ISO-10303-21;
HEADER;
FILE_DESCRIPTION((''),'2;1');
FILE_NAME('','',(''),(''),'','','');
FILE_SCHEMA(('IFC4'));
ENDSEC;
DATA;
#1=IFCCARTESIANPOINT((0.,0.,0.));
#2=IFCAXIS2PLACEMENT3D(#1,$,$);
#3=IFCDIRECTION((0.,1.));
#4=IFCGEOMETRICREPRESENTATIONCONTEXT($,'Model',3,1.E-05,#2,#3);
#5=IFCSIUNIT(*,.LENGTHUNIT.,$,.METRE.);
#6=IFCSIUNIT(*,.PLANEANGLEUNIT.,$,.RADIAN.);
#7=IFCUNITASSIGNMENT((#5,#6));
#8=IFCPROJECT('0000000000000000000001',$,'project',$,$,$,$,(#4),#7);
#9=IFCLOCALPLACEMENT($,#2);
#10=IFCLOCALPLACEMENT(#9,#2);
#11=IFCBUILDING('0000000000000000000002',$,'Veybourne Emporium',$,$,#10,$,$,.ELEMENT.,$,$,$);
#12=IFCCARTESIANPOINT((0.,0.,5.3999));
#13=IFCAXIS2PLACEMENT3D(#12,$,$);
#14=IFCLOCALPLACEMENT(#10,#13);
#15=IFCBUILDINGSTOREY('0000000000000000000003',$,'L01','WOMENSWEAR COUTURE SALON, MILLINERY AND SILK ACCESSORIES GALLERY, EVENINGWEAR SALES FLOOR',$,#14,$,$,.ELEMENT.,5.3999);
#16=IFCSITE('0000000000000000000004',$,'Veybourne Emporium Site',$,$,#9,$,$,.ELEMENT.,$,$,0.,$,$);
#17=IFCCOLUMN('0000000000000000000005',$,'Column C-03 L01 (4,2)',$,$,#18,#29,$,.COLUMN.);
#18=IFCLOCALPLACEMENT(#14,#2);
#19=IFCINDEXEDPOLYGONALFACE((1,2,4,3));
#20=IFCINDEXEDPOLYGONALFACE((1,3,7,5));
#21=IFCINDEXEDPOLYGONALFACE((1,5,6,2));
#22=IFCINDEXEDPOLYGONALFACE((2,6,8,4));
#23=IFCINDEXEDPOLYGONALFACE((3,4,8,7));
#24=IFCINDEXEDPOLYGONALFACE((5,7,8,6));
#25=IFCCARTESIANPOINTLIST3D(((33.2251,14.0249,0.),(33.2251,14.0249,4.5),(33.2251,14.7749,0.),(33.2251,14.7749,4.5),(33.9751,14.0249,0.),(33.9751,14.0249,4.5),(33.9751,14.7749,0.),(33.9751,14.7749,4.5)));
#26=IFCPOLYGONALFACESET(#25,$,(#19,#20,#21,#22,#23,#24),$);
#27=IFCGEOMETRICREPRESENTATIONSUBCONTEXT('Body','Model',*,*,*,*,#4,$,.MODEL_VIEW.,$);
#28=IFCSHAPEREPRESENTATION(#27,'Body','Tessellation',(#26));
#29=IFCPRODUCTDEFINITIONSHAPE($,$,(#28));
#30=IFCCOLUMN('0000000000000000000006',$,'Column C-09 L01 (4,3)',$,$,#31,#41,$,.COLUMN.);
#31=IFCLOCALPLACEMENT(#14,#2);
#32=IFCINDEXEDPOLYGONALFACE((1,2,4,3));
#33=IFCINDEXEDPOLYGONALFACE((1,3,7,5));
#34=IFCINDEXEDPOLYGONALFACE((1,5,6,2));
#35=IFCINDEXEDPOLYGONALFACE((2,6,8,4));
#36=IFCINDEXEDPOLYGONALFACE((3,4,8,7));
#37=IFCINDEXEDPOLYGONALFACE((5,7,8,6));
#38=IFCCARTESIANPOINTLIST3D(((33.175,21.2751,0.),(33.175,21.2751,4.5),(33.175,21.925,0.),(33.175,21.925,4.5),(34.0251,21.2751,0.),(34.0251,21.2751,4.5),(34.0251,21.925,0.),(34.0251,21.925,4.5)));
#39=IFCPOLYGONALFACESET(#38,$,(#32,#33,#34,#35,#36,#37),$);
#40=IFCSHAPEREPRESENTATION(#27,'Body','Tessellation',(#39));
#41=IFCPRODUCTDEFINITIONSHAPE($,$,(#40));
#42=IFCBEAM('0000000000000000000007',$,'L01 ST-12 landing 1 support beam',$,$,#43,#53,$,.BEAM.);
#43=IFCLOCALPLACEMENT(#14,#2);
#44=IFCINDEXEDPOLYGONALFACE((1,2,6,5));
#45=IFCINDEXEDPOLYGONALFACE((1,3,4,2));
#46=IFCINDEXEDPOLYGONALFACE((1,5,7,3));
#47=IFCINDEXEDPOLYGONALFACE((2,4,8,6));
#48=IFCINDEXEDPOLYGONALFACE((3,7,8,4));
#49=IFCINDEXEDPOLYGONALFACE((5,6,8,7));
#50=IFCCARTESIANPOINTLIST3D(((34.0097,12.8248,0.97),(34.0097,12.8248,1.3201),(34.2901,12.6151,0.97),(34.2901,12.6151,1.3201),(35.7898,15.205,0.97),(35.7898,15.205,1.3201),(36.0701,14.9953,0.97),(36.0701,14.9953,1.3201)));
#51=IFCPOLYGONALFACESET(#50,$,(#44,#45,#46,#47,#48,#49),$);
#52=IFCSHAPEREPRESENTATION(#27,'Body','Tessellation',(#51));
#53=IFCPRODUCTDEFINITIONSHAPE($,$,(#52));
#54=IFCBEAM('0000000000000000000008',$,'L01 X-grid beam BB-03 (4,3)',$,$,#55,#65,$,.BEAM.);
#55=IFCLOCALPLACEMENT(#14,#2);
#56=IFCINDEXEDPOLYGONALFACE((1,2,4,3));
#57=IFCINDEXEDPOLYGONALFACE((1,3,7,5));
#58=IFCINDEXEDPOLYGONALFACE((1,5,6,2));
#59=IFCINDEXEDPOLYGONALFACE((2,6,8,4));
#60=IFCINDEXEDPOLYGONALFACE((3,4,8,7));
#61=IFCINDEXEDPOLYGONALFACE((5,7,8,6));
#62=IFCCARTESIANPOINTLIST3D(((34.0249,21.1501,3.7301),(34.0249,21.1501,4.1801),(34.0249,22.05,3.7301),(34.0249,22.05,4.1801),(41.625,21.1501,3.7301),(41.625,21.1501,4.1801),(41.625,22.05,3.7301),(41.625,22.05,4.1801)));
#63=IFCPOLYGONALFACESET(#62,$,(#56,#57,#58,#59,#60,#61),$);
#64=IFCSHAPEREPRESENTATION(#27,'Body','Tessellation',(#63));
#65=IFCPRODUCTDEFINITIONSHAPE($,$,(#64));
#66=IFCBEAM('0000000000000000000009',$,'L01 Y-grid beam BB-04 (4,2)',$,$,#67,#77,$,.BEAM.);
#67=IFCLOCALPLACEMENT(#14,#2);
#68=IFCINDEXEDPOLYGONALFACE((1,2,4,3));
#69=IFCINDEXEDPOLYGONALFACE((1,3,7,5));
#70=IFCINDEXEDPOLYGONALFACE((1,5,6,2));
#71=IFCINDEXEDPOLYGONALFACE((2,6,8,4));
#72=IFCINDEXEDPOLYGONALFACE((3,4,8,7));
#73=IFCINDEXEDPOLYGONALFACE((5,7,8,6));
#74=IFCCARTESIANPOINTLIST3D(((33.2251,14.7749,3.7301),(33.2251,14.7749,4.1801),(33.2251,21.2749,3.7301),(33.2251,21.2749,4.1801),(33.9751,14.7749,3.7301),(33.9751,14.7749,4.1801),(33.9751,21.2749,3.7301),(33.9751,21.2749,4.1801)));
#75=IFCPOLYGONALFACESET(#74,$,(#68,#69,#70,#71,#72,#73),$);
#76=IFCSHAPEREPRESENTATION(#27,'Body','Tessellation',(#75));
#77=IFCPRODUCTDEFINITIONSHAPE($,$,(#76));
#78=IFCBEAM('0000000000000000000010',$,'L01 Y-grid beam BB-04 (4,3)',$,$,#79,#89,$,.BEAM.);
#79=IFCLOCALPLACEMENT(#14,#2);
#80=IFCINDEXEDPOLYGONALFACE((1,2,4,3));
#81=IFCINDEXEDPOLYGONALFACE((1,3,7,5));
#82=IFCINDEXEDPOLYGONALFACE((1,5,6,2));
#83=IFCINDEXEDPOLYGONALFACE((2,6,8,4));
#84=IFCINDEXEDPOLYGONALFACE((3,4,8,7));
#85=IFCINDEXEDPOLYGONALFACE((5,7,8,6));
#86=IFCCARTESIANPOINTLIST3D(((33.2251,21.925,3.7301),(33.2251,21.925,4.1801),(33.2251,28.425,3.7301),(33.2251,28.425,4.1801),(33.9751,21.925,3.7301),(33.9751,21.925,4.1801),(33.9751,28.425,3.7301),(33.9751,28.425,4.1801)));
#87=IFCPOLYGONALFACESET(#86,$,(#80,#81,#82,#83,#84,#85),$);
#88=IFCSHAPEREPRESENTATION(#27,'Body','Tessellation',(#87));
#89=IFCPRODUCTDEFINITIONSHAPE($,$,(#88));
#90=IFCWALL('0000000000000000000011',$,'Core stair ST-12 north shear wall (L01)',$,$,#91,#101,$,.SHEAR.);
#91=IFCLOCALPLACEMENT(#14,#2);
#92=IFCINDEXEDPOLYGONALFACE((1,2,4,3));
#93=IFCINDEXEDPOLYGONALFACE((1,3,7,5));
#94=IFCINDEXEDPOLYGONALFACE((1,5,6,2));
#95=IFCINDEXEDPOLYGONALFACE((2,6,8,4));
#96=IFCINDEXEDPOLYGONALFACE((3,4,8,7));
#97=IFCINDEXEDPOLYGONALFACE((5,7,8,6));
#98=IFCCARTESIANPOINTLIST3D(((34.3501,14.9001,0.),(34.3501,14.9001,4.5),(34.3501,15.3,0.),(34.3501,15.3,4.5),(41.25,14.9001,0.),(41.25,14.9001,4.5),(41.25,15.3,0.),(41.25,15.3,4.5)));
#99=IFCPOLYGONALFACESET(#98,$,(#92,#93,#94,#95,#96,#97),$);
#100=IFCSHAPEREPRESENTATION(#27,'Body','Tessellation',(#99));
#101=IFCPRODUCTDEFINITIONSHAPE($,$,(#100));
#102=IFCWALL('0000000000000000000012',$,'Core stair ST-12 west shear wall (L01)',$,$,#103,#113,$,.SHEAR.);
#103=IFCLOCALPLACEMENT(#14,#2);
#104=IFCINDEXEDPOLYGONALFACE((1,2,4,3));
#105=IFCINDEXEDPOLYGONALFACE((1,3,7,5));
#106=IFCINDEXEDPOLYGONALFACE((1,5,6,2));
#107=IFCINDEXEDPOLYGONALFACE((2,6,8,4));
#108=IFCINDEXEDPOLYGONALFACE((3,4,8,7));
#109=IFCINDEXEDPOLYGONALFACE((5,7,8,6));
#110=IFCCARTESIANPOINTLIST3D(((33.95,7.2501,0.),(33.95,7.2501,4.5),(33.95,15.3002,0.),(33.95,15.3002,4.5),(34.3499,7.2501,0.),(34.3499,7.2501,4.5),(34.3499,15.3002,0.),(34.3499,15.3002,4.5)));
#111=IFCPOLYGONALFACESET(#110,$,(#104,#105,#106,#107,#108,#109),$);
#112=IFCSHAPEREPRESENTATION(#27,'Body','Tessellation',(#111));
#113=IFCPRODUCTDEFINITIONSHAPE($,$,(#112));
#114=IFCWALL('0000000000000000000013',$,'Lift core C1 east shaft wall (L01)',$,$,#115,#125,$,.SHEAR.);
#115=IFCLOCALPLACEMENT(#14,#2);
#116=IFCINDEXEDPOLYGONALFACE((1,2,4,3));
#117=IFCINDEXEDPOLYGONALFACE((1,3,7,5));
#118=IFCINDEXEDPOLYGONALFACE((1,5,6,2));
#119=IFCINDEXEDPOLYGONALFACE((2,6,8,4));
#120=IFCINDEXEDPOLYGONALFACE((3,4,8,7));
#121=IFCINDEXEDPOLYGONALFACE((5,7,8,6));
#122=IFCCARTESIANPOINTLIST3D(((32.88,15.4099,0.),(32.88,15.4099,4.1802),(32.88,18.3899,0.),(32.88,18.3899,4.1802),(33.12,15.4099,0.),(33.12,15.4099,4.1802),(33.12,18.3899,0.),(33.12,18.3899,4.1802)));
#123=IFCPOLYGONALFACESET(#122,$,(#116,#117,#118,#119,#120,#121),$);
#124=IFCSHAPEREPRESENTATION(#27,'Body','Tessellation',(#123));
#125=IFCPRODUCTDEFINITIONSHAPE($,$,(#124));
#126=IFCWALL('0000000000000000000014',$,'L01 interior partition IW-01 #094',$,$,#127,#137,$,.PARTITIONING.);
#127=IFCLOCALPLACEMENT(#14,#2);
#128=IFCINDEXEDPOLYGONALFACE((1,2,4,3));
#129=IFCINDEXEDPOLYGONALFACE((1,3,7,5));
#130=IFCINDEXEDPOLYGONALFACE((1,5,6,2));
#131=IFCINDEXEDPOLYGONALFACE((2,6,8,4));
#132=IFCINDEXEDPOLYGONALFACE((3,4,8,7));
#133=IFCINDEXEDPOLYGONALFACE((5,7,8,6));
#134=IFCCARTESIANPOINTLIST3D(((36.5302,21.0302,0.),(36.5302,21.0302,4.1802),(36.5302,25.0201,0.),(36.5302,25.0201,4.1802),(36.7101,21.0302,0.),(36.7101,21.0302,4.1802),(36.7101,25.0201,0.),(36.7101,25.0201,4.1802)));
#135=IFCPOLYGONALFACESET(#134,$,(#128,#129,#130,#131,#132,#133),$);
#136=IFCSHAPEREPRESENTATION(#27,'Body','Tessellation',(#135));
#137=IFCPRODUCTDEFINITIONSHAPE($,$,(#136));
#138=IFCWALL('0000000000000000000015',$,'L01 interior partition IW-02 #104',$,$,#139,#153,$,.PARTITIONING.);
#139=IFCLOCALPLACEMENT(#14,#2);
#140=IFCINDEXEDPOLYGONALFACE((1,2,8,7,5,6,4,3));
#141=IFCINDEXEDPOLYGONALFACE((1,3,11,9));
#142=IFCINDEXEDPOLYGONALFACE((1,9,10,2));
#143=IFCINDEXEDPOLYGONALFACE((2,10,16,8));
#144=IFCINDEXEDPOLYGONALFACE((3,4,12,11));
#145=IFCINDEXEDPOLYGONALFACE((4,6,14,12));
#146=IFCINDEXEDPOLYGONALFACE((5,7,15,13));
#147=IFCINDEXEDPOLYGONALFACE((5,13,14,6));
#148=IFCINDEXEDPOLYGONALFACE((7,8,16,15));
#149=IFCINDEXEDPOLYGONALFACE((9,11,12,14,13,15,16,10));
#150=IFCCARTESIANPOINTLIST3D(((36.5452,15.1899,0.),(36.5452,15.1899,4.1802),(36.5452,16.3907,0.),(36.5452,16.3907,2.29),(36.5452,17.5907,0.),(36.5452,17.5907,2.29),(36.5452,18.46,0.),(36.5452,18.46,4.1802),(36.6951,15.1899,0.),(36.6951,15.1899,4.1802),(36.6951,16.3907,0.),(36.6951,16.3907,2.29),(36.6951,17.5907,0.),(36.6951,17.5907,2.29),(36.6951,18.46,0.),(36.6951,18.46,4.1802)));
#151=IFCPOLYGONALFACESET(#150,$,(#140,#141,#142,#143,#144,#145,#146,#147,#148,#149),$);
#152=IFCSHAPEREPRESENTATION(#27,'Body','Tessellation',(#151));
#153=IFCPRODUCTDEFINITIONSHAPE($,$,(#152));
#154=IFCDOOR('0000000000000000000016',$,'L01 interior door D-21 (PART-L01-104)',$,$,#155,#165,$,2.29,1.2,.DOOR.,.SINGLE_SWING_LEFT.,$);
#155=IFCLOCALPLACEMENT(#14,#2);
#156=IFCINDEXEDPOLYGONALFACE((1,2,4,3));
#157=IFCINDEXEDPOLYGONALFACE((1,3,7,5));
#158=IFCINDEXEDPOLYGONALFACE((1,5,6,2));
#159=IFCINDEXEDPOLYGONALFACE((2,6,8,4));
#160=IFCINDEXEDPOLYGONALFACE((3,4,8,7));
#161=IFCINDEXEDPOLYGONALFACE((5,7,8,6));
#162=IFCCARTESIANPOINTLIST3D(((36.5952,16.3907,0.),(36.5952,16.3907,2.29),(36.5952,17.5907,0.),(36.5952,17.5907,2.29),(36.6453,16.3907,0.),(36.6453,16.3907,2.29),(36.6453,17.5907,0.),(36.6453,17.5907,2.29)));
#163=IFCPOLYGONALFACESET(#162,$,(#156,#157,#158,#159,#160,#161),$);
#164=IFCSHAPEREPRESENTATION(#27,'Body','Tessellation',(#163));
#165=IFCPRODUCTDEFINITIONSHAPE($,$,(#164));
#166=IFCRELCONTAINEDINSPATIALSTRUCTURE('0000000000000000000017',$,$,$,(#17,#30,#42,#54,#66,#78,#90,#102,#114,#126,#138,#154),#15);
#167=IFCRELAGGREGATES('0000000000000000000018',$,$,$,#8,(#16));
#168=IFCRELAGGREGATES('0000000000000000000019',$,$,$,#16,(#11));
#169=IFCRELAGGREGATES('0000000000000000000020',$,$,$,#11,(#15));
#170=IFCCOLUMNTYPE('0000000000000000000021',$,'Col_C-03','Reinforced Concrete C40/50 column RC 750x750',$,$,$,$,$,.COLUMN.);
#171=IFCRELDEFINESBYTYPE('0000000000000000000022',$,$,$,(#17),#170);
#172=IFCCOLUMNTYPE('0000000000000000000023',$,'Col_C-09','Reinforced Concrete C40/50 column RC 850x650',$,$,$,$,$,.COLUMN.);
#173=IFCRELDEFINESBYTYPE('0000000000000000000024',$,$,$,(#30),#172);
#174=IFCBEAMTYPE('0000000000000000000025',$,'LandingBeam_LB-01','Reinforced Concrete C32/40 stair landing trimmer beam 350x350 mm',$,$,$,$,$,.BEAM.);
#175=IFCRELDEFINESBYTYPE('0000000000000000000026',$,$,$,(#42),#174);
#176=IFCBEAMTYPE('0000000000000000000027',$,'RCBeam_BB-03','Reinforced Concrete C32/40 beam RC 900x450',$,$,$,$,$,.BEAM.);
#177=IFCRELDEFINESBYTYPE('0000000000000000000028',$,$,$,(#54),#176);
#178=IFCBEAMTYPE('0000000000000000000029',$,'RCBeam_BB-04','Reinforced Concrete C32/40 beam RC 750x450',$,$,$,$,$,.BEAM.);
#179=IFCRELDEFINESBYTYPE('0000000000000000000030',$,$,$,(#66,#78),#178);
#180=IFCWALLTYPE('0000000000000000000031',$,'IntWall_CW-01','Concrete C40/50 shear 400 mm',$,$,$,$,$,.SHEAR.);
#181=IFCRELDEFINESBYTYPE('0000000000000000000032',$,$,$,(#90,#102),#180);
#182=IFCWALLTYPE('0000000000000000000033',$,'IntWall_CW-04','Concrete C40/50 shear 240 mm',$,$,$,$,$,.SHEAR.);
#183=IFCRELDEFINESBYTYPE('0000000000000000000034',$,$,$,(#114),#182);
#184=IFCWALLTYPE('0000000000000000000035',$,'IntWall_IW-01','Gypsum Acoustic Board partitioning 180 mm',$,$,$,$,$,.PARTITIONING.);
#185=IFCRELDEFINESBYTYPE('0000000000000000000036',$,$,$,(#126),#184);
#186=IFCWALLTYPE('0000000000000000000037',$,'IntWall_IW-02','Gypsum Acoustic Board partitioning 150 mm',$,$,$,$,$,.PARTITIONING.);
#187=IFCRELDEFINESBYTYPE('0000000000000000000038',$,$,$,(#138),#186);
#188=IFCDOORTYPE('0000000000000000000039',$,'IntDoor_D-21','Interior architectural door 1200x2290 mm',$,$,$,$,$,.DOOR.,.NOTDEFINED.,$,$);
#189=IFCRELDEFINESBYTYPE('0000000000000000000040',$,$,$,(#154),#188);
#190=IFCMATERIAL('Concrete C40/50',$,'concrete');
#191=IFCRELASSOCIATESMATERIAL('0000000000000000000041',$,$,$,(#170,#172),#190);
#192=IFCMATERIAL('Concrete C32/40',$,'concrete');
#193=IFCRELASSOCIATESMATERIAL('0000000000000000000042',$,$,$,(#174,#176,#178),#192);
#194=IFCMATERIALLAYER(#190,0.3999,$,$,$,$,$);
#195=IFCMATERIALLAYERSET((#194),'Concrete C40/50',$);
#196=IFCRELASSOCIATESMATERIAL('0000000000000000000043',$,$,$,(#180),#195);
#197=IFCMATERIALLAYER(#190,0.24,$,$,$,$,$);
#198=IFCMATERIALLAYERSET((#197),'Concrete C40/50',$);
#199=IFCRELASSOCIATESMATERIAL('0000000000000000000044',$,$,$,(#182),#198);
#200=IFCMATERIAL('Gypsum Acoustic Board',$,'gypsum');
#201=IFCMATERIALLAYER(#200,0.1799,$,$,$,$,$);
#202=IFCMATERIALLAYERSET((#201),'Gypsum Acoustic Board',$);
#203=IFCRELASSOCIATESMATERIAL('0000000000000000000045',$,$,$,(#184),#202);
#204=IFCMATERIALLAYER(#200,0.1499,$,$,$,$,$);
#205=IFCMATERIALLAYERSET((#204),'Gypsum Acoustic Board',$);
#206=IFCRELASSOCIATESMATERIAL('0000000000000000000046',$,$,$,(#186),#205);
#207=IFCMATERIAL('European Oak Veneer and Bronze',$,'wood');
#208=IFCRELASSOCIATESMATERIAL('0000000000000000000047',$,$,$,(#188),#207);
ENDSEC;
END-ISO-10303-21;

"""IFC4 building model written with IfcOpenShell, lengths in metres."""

from ifc_helpers import new_model, si_unit, direction, frame, frame_2d, origin, origin_2d, place, context, subcontext, project, spatial, rectangle, extrude, material, layer, layer_set, material_profile, profile_set, type_object, element, fill, save


model = new_model("IFC4")

# Units and contexts
model_context = context("Model", 3, precision=1e-05, world=origin(), true_north=direction((0.0, 1.0)))
body_context = subcontext(model_context, "Body", "Model", "MODEL_VIEW")
ifc_project = project(units=[si_unit("LENGTHUNIT", "METRE"), si_unit("PLANEANGLEUNIT", "RADIAN")], contexts=[model_context])

# Site, building, storey
site_placement = place(None, origin())
site = spatial("IfcSite", under=ifc_project, at=site_placement, Name="Veybourne Emporium Site", CompositionType="ELEMENT", RefElevation=0.0)
building_placement = place(site_placement, origin())
building = spatial("IfcBuilding", under=site, at=building_placement, Name="Veybourne Emporium", CompositionType="ELEMENT")
storey_placement = place(building_placement, frame((0.0, 0.0, 5.3999)))
storey = spatial("IfcBuildingStorey", under=building, at=storey_placement, Name="L01", Description="WOMENSWEAR COUTURE SALON, MILLINERY AND SILK ACCESSORIES GALLERY, EVENINGWEAR SALES FLOOR", CompositionType="ELEMENT", Elevation=5.3999)

# Columns
ifc_material_1 = material(Name="Concrete C40/50", Category="concrete")
ifc_material_profile_1 = material_profile(ifc_material_1, rectangle(XDim=0.75, YDim=0.75, at=origin_2d()), Name="RC 750x750")
ifc_profile_set_1 = profile_set([ifc_material_profile_1], Name="Concrete C40/50")
column_type_1 = type_object("IfcColumnType", Name="Col_C-03", Description="Reinforced Concrete C40/50 column RC 750x750", PredefinedType="COLUMN", material=ifc_profile_set_1)
column_1_placement = place(storey_placement, frame((33.6001, 14.3999, 0.0), z_axis=(0.0, 0.0, 1.0), x_axis=(1.0, 0.0, 0.0)))
element("IfcColumn", 1, at=column_1_placement, inside=storey, type_object=column_type_1, Name="Column C-03 L01 (4,2)", PredefinedType="COLUMN", context=body_context, shape_type="SweptSolid", body=[
    extrude(rectangle(XDim=0.75, YDim=0.75, at=origin_2d()), origin(), (0.0, 0.0, 1.0), 4.5),
])
ifc_material_profile_2 = material_profile(ifc_material_1, rectangle(XDim=0.8501, YDim=0.6499, at=origin_2d()), Name="RC 850x650")
ifc_profile_set_2 = profile_set([ifc_material_profile_2], Name="Concrete C40/50")
column_type_2 = type_object("IfcColumnType", Name="Col_C-09", Description="Reinforced Concrete C40/50 column RC 850x650", PredefinedType="COLUMN", material=ifc_profile_set_2)
column_2_placement = place(storey_placement, frame((33.6001, 21.6001, 0.0), z_axis=(0.0, 0.0, 1.0), x_axis=(1.0, 0.0, 0.0)))
element("IfcColumn", 2, at=column_2_placement, inside=storey, type_object=column_type_2, Name="Column C-09 L01 (4,3)", PredefinedType="COLUMN", context=body_context, shape_type="SweptSolid", body=[
    extrude(rectangle(XDim=0.8501, YDim=0.6499, at=origin_2d()), origin(), (0.0, 0.0, 1.0), 4.5),
])

# Beams
ifc_material_2 = material(Name="Concrete C32/40", Category="concrete")
ifc_material_profile_3 = material_profile(ifc_material_2, rectangle(XDim=0.3501, YDim=0.3501, at=origin_2d()), Name="RC 350x350")
ifc_profile_set_3 = profile_set([ifc_material_profile_3], Name="Concrete C32/40")
beam_type_1 = type_object("IfcBeamType", Name="LandingBeam_LB-01", Description="Reinforced Concrete C32/40 stair landing trimmer beam 350x350 mm", PredefinedType="BEAM", material=ifc_profile_set_3)
beam_1_placement = place(storey_placement, frame((34.1499, 12.72, 1.145), z_axis=(0.598909, 0.800817, 0.0), x_axis=(-0.800817, 0.598909, 0.0)))
element("IfcBeam", 3, at=beam_1_placement, inside=storey, type_object=beam_type_1, Name="L01 ST-12 landing 1 support beam", PredefinedType="BEAM", context=body_context, shape_type="SweptSolid", body=[
    extrude(rectangle(XDim=0.3501, YDim=0.3501, at=origin_2d()), origin(), (0.0, 0.0, 1.0), 2.9722),
])
ifc_material_profile_4 = material_profile(ifc_material_2, rectangle(XDim=0.8999, YDim=0.45, at=origin_2d()), Name="RC 900x450")
ifc_profile_set_4 = profile_set([ifc_material_profile_4], Name="Concrete C32/40")
beam_type_2 = type_object("IfcBeamType", Name="RCBeam_BB-03", Description="Reinforced Concrete C32/40 beam RC 900x450", PredefinedType="BEAM", material=ifc_profile_set_4)
beam_2_placement = place(storey_placement, frame((34.0249, 21.6001, 3.9551), z_axis=(1.0, 0.0, 0.0), x_axis=(0.0, 1.0, 0.0)))
element("IfcBeam", 4, at=beam_2_placement, inside=storey, type_object=beam_type_2, Name="L01 X-grid beam BB-03 (4,3)", PredefinedType="BEAM", context=body_context, shape_type="SweptSolid", body=[
    extrude(rectangle(XDim=0.8999, YDim=0.45, at=origin_2d()), origin(), (0.0, 0.0, 1.0), 7.6001),
])
ifc_material_profile_5 = material_profile(ifc_material_2, rectangle(XDim=0.75, YDim=0.45, at=origin_2d()), Name="RC 750x450")
ifc_profile_set_5 = profile_set([ifc_material_profile_5], Name="Concrete C32/40")
beam_type_3 = type_object("IfcBeamType", Name="RCBeam_BB-04", Description="Reinforced Concrete C32/40 beam RC 750x450", PredefinedType="BEAM", material=ifc_profile_set_5)
for number, where, z_axis, x_axis, name in (
    (5, (33.6001, 14.7749, 3.9551), (0.0, 1.0, 0.0), (-1.0, 0.0, 0.0), "L01 Y-grid beam BB-04 (4,2)"),
    (6, (33.6001, 21.925, 3.9551), (0.0, 1.0, 0.0), (-1.0, 0.0, 0.0), "L01 Y-grid beam BB-04 (4,3)"),
):
    element("IfcBeam", number, at=place(storey_placement, frame(where, z_axis=z_axis, x_axis=x_axis)), inside=storey, type_object=beam_type_3, Name=name, PredefinedType="BEAM", context=body_context, shape_type="SweptSolid", body=[
        extrude(rectangle(XDim=0.75, YDim=0.45, at=origin_2d()), origin(), (0.0, 0.0, 1.0), 6.5),
    ])

# Walls
ifc_layer_1 = layer(ifc_material_1, 0.3999)
ifc_layer_set_1 = layer_set([ifc_layer_1], Name="Concrete C40/50")
wall_type_1 = type_object("IfcWallType", Name="IntWall_CW-01", Description="Concrete C40/50 shear 400 mm", PredefinedType="SHEAR", material=ifc_layer_set_1)
wall_1_placement = place(storey_placement, frame((34.3501, 15.1001, 0.0), z_axis=(0.0, 0.0, 1.0), x_axis=(1.0, 0.0, 0.0)))
element("IfcWall", 7, at=wall_1_placement, inside=storey, type_object=wall_type_1, Name="Core stair ST-12 north shear wall (L01)", PredefinedType="SHEAR", context=body_context, shape_type="SweptSolid", body=[
    extrude(rectangle(XDim=6.8999, YDim=0.3999, at=frame_2d((3.45, 0.0))), origin(), (0.0, 0.0, 1.0), 4.5),
])
wall_2_placement = place(storey_placement, frame((34.1499, 15.3, 0.0), z_axis=(0.0, 0.0, 1.0), x_axis=(0.0, -1.0, 0.0)))
element("IfcWall", 8, at=wall_2_placement, inside=storey, type_object=wall_type_1, Name="Core stair ST-12 west shear wall (L01)", PredefinedType="SHEAR", context=body_context, shape_type="SweptSolid", body=[
    extrude(rectangle(XDim=8.05, YDim=0.3999, at=frame_2d((4.0249, 0.0))), origin(), (0.0, 0.0, 1.0), 4.5),
])
ifc_layer_2 = layer(ifc_material_1, 0.24)
ifc_layer_set_2 = layer_set([ifc_layer_2], Name="Concrete C40/50")
wall_type_2 = type_object("IfcWallType", Name="IntWall_CW-04", Description="Concrete C40/50 shear 240 mm", PredefinedType="SHEAR", material=ifc_layer_set_2)
wall_3_placement = place(storey_placement, frame((33.0, 15.4099, 0.0), z_axis=(0.0, 0.0, 1.0), x_axis=(0.0, 1.0, 0.0)))
element("IfcWall", 9, at=wall_3_placement, inside=storey, type_object=wall_type_2, Name="Lift core C1 east shaft wall (L01)", PredefinedType="SHEAR", context=body_context, shape_type="SweptSolid", body=[
    extrude(rectangle(XDim=2.98, YDim=0.24, at=frame_2d((1.49, 0.0))), origin(), (0.0, 0.0, 1.0), 4.1802),
])
ifc_material_3 = material(Name="Gypsum Acoustic Board", Category="gypsum")
ifc_layer_3 = layer(ifc_material_3, 0.1799)
ifc_layer_set_3 = layer_set([ifc_layer_3], Name="Gypsum Acoustic Board")
wall_type_3 = type_object("IfcWallType", Name="IntWall_IW-01", Description="Gypsum Acoustic Board partitioning 180 mm", PredefinedType="PARTITIONING", material=ifc_layer_set_3)
wall_4_placement = place(storey_placement, frame((36.6201, 21.03, 0.0), z_axis=(0.0, 0.0, 1.0), x_axis=(0.0, 1.0, 0.0)))
element("IfcWall", 10, at=wall_4_placement, inside=storey, type_object=wall_type_3, Name="L01 interior partition IW-01 #094", PredefinedType="PARTITIONING", context=body_context, shape_type="SweptSolid", body=[
    extrude(rectangle(XDim=3.99, YDim=0.1799, at=frame_2d((1.9951, 0.0))), origin(), (0.0, 0.0, 1.0), 4.1802),
])

# Wall, opening, door
ifc_layer_4 = layer(ifc_material_3, 0.1499)
ifc_layer_set_4 = layer_set([ifc_layer_4], Name="Gypsum Acoustic Board")
wall_type_4 = type_object("IfcWallType", Name="IntWall_IW-02", Description="Gypsum Acoustic Board partitioning 150 mm", PredefinedType="PARTITIONING", material=ifc_layer_set_4)
wall_5_placement = place(storey_placement, frame((36.6201, 15.1899, 0.0), z_axis=(0.0, 0.0, 1.0), x_axis=(0.0, 1.0, 0.0)))
wall_5 = element("IfcWall", 11, at=wall_5_placement, inside=storey, type_object=wall_type_4, Name="L01 interior partition IW-02 #104", PredefinedType="PARTITIONING", context=body_context, shape_type="SweptSolid", body=[
    extrude(rectangle(XDim=3.27, YDim=0.1499, at=frame_2d((1.635, 0.0))), origin(), (0.0, 0.0, 1.0), 4.1802),
])
opening_1_placement = place(wall_5_placement, frame((1.2007, 0.0, 0.0)))
opening_1 = element("IfcOpeningElement", 12, at=opening_1_placement, cuts=wall_5, PredefinedType="OPENING", context=body_context, shape_type="SweptSolid", body=[
    extrude(rectangle(XDim=1.2, YDim=2.29, at=frame_2d((0.6001, 1.145))), frame((0.0, 0.095, 0.0), z_axis=(0.0, -1.0, 0.0), x_axis=(1.0, 0.0, 0.0)), (0.0, 0.0, 1.0), 0.1899),
])
ifc_material_4 = material(Name="European Oak Veneer and Bronze", Category="wood")
door_type_1 = type_object("IfcDoorType", Name="IntDoor_D-21", Description="Interior architectural door 1200x2290 mm", OperationType="NOTDEFINED", PredefinedType="DOOR", material=ifc_material_4)
door_1_placement = place(opening_1_placement, origin())
door_1 = element("IfcDoor", 13, at=door_1_placement, inside=storey, type_object=door_type_1, Name="L01 interior door D-21 (PART-L01-104)", OperationType="SINGLE_SWING_LEFT", OverallHeight=2.29, OverallWidth=1.2, PredefinedType="DOOR", context=body_context, shape_type="SweptSolid", body=[
    extrude(rectangle(XDim=1.2, YDim=2.29, at=frame_2d((0.6001, 1.145))), frame((0.0, 0.0249, 0.0), z_axis=(0.0, -1.0, 0.0), x_axis=(1.0, 0.0, 0.0)), (0.0, 0.0, 1.0), 0.05),
])
fill(opening_1, door_1)

save(model, "model.ifc")
